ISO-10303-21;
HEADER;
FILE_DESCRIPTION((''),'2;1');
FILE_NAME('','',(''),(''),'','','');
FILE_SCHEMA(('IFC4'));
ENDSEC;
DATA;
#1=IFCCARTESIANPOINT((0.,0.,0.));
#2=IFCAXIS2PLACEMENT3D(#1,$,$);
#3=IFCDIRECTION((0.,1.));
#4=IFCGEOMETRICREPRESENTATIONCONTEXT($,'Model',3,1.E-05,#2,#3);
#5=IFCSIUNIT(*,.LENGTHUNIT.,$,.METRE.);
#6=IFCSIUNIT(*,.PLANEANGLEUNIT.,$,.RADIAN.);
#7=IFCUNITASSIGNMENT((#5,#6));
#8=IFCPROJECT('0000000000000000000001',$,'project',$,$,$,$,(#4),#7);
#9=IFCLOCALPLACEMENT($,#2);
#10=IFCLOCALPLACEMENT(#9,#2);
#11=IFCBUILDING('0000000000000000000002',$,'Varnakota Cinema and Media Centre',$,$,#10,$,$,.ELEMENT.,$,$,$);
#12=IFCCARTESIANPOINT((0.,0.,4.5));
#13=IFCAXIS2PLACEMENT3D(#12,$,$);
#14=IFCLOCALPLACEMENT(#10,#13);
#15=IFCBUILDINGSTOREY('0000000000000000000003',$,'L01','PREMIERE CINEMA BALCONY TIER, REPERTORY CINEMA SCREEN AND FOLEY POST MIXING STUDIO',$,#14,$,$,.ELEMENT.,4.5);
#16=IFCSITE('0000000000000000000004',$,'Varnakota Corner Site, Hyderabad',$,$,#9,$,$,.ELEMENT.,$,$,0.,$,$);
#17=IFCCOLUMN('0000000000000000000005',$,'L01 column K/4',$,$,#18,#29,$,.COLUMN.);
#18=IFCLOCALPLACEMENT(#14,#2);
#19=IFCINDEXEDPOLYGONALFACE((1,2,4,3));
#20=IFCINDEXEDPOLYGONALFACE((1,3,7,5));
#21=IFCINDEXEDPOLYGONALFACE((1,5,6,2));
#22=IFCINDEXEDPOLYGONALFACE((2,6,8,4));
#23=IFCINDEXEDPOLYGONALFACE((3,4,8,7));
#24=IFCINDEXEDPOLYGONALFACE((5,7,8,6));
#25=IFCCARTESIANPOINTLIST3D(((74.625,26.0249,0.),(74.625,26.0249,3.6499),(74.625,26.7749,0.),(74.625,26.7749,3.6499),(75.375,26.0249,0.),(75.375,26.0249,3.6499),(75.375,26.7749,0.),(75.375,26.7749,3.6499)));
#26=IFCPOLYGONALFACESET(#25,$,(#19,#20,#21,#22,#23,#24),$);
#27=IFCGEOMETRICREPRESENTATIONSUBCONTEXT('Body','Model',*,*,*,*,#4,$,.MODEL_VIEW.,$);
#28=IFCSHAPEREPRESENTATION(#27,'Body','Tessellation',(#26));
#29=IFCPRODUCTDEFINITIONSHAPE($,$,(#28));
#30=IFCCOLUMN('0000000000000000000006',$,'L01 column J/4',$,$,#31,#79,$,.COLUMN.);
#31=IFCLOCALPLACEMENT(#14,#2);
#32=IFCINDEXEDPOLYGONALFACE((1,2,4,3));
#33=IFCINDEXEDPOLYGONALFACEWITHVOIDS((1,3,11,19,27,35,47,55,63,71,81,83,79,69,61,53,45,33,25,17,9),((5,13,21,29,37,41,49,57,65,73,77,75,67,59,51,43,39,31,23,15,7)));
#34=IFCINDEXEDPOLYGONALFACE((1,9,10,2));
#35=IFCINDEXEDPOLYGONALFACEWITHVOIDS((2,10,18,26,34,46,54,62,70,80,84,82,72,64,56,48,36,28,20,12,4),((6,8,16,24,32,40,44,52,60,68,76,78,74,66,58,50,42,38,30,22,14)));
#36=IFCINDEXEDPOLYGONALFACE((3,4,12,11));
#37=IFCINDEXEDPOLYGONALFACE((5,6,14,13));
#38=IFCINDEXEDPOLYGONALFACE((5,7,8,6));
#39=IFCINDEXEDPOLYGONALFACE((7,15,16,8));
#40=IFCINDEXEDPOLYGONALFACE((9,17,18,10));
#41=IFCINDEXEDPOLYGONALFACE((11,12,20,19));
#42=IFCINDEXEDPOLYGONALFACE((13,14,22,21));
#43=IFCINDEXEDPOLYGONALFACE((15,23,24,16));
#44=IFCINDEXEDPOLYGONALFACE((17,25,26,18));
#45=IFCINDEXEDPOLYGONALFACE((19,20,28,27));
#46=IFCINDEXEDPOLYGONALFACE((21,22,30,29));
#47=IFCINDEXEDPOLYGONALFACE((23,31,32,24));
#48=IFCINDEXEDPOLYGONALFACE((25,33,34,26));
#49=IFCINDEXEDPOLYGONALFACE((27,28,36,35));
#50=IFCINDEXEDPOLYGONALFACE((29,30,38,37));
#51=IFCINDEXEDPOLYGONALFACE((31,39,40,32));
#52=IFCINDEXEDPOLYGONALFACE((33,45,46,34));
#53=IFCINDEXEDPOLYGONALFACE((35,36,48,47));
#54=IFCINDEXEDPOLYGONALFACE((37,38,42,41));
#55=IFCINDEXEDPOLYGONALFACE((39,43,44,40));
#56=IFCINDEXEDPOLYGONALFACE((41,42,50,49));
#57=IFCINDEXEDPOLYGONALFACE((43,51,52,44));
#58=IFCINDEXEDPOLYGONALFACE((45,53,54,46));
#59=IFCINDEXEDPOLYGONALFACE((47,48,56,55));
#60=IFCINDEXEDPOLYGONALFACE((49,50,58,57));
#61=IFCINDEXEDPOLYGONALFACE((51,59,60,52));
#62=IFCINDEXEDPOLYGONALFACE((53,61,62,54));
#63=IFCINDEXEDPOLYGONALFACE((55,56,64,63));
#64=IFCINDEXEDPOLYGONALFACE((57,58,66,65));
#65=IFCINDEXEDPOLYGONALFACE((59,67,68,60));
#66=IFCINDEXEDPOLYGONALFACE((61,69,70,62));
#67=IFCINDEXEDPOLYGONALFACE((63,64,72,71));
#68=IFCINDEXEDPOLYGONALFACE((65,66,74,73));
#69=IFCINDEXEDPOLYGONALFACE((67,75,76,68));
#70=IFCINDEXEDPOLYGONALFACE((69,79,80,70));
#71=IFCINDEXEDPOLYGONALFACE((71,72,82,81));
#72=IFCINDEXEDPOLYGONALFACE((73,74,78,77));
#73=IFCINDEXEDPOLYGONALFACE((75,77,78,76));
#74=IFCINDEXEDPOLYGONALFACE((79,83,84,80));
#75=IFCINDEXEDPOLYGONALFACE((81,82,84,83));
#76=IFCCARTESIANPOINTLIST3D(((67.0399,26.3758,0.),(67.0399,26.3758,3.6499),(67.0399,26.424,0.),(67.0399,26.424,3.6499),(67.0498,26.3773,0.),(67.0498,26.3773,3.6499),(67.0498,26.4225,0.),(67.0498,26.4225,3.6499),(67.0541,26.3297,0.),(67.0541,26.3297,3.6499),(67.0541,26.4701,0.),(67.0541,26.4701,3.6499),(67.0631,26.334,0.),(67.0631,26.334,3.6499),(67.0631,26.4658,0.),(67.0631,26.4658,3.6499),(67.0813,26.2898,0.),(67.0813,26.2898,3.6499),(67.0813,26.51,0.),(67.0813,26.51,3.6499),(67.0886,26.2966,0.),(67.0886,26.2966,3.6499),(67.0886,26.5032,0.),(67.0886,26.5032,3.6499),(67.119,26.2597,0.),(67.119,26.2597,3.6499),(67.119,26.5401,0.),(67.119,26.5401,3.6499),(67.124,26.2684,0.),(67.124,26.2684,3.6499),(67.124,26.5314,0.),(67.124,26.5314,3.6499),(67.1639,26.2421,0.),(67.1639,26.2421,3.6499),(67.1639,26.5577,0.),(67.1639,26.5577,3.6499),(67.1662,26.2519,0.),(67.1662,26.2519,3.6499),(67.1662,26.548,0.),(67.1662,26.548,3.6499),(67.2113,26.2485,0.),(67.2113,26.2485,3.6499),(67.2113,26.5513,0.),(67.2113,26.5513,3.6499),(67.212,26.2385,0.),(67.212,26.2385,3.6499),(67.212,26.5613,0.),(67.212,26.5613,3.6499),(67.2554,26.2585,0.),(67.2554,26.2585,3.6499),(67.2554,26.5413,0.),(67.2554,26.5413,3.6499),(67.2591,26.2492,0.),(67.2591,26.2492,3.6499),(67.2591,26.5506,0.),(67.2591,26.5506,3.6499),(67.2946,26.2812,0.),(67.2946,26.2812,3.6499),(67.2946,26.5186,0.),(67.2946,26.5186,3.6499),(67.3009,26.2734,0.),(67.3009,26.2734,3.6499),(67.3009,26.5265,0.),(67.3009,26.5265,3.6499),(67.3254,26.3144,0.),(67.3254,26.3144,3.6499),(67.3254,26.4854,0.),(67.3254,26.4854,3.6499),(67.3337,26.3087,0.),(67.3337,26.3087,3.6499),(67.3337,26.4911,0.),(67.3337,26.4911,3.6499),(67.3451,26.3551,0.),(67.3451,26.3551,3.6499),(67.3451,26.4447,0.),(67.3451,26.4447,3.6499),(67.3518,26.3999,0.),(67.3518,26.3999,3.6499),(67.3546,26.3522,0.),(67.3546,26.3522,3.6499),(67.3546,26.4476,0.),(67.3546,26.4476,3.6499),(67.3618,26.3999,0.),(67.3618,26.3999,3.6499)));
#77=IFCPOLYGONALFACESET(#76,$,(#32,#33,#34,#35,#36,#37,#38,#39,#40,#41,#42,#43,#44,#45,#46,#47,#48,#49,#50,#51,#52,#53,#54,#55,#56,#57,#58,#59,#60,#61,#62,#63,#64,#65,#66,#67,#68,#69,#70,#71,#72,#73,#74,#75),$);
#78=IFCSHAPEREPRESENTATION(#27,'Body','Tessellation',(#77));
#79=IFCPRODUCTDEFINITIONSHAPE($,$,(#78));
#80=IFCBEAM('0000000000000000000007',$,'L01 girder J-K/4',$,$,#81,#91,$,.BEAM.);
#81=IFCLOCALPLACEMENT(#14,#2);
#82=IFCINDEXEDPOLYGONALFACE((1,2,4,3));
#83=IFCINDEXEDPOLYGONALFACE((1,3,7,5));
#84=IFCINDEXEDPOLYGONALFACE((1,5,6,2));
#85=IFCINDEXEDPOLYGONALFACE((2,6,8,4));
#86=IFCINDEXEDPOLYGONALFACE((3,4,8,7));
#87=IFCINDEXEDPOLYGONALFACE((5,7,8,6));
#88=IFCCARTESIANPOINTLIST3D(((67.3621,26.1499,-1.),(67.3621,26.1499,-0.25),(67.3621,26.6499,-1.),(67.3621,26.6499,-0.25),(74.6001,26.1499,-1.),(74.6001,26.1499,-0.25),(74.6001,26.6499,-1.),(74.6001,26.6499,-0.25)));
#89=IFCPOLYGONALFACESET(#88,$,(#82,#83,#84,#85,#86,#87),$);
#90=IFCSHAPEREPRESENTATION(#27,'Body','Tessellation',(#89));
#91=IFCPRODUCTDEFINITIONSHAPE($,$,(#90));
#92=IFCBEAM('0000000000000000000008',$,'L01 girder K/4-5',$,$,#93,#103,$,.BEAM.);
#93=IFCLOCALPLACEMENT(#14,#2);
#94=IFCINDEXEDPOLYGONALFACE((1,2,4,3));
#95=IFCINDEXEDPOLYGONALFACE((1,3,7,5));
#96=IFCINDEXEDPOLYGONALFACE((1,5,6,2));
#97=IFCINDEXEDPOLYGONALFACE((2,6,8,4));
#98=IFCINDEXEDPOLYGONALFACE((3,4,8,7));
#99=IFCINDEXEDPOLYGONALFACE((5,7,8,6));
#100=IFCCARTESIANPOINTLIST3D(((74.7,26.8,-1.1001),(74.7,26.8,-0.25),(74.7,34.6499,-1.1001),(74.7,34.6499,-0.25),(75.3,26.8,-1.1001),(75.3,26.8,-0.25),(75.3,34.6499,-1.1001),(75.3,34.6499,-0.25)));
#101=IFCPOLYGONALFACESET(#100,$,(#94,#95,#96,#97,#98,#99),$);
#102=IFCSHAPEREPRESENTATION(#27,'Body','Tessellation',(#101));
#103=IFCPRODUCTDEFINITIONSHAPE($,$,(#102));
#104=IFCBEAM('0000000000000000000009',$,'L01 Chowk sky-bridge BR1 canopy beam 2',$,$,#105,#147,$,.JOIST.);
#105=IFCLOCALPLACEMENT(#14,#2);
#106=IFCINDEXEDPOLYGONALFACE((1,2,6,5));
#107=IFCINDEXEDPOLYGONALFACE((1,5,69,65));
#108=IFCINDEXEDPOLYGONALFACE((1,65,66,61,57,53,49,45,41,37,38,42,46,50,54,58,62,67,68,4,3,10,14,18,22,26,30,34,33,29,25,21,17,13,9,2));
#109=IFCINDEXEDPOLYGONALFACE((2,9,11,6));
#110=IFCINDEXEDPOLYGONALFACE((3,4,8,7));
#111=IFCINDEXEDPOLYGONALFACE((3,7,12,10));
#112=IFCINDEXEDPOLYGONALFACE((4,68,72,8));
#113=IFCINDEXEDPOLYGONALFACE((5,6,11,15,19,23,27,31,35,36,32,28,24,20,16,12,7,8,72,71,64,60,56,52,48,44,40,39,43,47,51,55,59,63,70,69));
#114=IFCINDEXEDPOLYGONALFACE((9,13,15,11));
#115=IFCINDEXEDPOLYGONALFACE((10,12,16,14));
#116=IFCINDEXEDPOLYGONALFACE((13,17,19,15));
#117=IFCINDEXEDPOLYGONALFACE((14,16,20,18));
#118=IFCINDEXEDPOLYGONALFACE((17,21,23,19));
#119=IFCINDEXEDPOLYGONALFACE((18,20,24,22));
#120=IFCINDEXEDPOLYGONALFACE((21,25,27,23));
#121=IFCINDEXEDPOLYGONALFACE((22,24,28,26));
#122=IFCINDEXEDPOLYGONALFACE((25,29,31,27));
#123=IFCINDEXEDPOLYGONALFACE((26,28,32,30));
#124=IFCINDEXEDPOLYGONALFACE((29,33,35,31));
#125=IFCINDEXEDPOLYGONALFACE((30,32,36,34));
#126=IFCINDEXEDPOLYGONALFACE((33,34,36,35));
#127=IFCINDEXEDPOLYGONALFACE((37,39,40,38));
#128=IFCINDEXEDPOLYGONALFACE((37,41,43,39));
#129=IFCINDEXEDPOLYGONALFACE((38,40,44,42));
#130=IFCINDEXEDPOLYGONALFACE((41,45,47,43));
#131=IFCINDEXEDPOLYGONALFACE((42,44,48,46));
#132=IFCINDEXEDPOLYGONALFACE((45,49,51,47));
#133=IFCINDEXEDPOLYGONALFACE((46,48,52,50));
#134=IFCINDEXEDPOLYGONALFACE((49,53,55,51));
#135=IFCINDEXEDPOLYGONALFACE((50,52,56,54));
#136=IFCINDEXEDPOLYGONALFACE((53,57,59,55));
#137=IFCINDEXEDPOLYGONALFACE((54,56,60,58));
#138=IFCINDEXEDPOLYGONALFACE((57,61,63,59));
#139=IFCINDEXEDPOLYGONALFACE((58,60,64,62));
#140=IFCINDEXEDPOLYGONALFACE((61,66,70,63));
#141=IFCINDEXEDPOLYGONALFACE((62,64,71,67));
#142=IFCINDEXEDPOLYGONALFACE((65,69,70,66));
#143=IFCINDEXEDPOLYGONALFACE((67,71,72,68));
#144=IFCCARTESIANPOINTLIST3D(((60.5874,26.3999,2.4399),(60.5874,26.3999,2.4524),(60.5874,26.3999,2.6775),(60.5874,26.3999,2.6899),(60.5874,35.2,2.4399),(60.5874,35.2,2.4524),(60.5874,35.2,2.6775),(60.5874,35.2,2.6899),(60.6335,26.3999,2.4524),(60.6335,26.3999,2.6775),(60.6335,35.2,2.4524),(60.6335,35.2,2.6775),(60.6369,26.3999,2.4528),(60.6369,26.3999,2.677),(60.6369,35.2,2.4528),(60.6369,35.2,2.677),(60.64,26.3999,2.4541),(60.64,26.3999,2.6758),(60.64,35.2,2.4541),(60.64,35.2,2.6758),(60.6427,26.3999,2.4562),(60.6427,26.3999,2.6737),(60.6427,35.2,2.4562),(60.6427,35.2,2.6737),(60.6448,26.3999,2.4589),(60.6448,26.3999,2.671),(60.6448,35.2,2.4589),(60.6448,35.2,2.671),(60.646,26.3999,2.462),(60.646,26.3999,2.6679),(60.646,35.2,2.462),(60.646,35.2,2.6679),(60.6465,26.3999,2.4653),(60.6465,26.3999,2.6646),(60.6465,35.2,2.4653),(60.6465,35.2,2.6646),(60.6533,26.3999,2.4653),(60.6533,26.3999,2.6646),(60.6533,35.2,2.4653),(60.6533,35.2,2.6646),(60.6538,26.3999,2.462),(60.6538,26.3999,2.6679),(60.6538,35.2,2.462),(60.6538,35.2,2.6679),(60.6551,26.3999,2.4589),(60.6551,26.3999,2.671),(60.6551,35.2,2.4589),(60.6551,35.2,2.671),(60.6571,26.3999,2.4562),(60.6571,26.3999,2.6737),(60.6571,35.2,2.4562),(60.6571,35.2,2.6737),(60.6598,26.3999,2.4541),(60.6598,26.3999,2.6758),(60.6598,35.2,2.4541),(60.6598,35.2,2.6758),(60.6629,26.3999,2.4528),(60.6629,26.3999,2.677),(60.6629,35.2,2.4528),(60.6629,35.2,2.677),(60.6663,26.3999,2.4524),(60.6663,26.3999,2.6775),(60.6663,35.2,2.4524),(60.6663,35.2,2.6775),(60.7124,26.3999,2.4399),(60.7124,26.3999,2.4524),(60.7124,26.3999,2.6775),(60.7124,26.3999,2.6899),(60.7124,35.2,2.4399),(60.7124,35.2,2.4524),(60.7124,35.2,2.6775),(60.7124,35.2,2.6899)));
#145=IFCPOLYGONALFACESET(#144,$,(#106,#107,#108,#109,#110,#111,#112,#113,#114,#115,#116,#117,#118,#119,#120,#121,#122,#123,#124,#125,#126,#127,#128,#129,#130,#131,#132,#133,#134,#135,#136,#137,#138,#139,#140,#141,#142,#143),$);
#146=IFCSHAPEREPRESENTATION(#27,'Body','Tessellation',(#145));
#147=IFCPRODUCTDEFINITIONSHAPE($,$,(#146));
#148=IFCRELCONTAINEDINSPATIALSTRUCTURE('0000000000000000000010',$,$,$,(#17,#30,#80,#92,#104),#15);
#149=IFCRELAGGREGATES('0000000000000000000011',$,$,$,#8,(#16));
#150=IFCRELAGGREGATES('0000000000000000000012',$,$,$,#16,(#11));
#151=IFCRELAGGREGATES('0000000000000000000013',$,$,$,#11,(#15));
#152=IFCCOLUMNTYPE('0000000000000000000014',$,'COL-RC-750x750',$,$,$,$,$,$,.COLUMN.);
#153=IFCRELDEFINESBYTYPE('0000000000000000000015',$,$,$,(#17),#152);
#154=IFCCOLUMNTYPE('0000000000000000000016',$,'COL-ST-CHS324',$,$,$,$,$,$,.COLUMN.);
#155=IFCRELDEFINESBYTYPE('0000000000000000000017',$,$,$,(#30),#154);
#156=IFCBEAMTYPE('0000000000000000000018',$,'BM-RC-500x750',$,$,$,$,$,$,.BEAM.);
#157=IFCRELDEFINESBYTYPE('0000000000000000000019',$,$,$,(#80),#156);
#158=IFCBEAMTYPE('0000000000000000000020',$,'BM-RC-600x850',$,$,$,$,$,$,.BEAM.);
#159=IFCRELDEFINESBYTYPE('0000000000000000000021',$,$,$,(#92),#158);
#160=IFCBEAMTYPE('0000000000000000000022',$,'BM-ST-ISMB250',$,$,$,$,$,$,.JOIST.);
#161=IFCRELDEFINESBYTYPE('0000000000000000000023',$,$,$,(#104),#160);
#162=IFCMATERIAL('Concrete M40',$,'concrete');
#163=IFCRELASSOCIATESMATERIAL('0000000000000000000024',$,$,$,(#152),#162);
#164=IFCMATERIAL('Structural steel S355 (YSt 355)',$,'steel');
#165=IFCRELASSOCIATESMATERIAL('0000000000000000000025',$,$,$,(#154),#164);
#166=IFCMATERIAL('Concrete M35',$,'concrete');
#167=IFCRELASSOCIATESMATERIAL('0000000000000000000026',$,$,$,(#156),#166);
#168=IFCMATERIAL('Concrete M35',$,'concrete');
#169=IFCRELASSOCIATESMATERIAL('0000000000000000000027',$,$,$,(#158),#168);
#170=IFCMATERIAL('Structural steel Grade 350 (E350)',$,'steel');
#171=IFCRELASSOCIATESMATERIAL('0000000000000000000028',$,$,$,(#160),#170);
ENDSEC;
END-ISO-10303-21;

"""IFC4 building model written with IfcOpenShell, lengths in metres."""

from ifc_helpers import new_model, si_unit, direction, frame, origin, origin_2d, place, context, subcontext, project, spatial, rectangle, hollow_circle, i_section, extrude, material, material_profile, profile_set, type_object, element, save


model = new_model("IFC4")

# Units and contexts
model_context = context("Model", 3, precision=1e-05, world=origin(), true_north=direction((0.0, 1.0)))
body_context = subcontext(model_context, "Body", "Model", "MODEL_VIEW")
ifc_project = project(units=[si_unit("LENGTHUNIT", "METRE"), si_unit("PLANEANGLEUNIT", "RADIAN")], contexts=[model_context])

# Site, building, storey
site_placement = place(None, origin())
site = spatial("IfcSite", under=ifc_project, at=site_placement, Name="Varnakota Corner Site, Hyderabad", CompositionType="ELEMENT", RefElevation=0.0)
building_placement = place(site_placement, origin())
building = spatial("IfcBuilding", under=site, at=building_placement, Name="Varnakota Cinema and Media Centre", CompositionType="ELEMENT")
storey_placement = place(building_placement, frame((0.0, 0.0, 4.5)))
storey = spatial("IfcBuildingStorey", under=building, at=storey_placement, Name="L01", Description="PREMIERE CINEMA BALCONY TIER, REPERTORY CINEMA SCREEN AND FOLEY POST MIXING STUDIO", CompositionType="ELEMENT", Elevation=4.5)

# Columns
ifc_material_1 = material(Name="Concrete M40", Category="concrete")
ifc_material_profile_1 = material_profile(ifc_material_1, rectangle(XDim=0.75, YDim=0.75, at=origin_2d()), Name="RC 750x750")
ifc_profile_set_1 = profile_set([ifc_material_profile_1], Name="Concrete M40")
column_type_1 = type_object("IfcColumnType", Name="COL-RC-750x750", PredefinedType="COLUMN", material=ifc_profile_set_1)
column_1_placement = place(storey_placement, frame((75.0, 26.3999, 0.0), z_axis=(0.0, 0.0, 1.0), x_axis=(1.0, 0.0, 0.0)))
element("IfcColumn", 1, at=column_1_placement, inside=storey, type_object=column_type_1, Name="L01 column K/4", PredefinedType="COLUMN", context=body_context, shape_type="SweptSolid", body=[
    extrude(rectangle(XDim=0.75, YDim=0.75, at=origin_2d()), origin(), (0.0, 0.0, 1.0), 3.6499),
])
ifc_material_2 = material(Name="Structural steel S355 (YSt 355)", Category="steel")
ifc_material_profile_2 = material_profile(ifc_material_2, hollow_circle(Radius=0.1619, WallThickness=0.01, at=origin_2d()), Name="CHS 323.9x10.0")
ifc_profile_set_2 = profile_set([ifc_material_profile_2], Name="Structural steel S355 (YSt 355)")
column_type_2 = type_object("IfcColumnType", Name="COL-ST-CHS324", PredefinedType="COLUMN", material=ifc_profile_set_2)
column_2_placement = place(storey_placement, frame((67.2, 26.3999, 0.0), z_axis=(0.0, 0.0, 1.0), x_axis=(1.0, 0.0, 0.0)))
element("IfcColumn", 2, at=column_2_placement, inside=storey, type_object=column_type_2, Name="L01 column J/4", PredefinedType="COLUMN", context=body_context, shape_type="SweptSolid", body=[
    extrude(hollow_circle(Radius=0.1619, WallThickness=0.01, at=origin_2d()), origin(), (0.0, 0.0, 1.0), 3.6499),
])

# Beams
ifc_material_3 = material(Name="Concrete M35", Category="concrete")
ifc_material_profile_3 = material_profile(ifc_material_3, rectangle(XDim=0.5, YDim=0.75, at=origin_2d()), Name="RCB 500x750")
ifc_profile_set_3 = profile_set([ifc_material_profile_3], Name="Concrete M35")
beam_type_1 = type_object("IfcBeamType", Name="BM-RC-500x750", PredefinedType="BEAM", material=ifc_profile_set_3)
beam_1_placement = place(storey_placement, frame((67.3621, 26.3999, -0.625), z_axis=(1.0, 0.0, 0.0), x_axis=(0.0, 1.0, 0.0)))
element("IfcBeam", 3, at=beam_1_placement, inside=storey, type_object=beam_type_1, Name="L01 girder J-K/4", PredefinedType="BEAM", context=body_context, shape_type="SweptSolid", body=[
    extrude(rectangle(XDim=0.5, YDim=0.75, at=origin_2d()), origin(), (0.0, 0.0, 1.0), 7.238),
])
ifc_material_4 = material(Name="Concrete M35", Category="concrete")
ifc_material_profile_4 = material_profile(ifc_material_4, rectangle(XDim=0.6001, YDim=0.8501, at=origin_2d()), Name="RCB 600x850")
ifc_profile_set_4 = profile_set([ifc_material_profile_4], Name="Concrete M35")
beam_type_2 = type_object("IfcBeamType", Name="BM-RC-600x850", PredefinedType="BEAM", material=ifc_profile_set_4)
beam_2_placement = place(storey_placement, frame((75.0, 26.8, -0.675), z_axis=(0.0, 1.0, 0.0), x_axis=(-1.0, 0.0, 0.0)))
element("IfcBeam", 4, at=beam_2_placement, inside=storey, type_object=beam_type_2, Name="L01 girder K/4-5", PredefinedType="BEAM", context=body_context, shape_type="SweptSolid", body=[
    extrude(rectangle(XDim=0.6001, YDim=0.8501, at=origin_2d()), origin(), (0.0, 0.0, 1.0), 7.8499),
])
ifc_material_5 = material(Name="Structural steel Grade 350 (E350)", Category="steel")
ifc_material_profile_5 = material_profile(ifc_material_5, i_section(OverallWidth=0.125, OverallDepth=0.25, WebThickness=0.0068, FlangeThickness=0.0125, FilletRadius=0.0129, at=origin_2d()), Name="ISMB 250")
ifc_profile_set_5 = profile_set([ifc_material_profile_5], Name="Structural steel Grade 350 (E350)")
beam_type_3 = type_object("IfcBeamType", Name="BM-ST-ISMB250", PredefinedType="JOIST", material=ifc_profile_set_5)
beam_3_placement = place(storey_placement, frame((60.6499, 26.3999, 2.5649), z_axis=(0.0, 1.0, 0.0), x_axis=(-1.0, 0.0, 0.0)))
element("IfcBeam", 5, at=beam_3_placement, inside=storey, type_object=beam_type_3, Name="L01 Chowk sky-bridge BR1 canopy beam 2", PredefinedType="JOIST", context=body_context, shape_type="SweptSolid", body=[
    extrude(i_section(OverallWidth=0.125, OverallDepth=0.25, WebThickness=0.0068, FlangeThickness=0.0125, FilletRadius=0.0129, at=origin_2d()), origin(), (0.0, 0.0, 1.0), 8.8),
])

save(model, "model.ifc")
